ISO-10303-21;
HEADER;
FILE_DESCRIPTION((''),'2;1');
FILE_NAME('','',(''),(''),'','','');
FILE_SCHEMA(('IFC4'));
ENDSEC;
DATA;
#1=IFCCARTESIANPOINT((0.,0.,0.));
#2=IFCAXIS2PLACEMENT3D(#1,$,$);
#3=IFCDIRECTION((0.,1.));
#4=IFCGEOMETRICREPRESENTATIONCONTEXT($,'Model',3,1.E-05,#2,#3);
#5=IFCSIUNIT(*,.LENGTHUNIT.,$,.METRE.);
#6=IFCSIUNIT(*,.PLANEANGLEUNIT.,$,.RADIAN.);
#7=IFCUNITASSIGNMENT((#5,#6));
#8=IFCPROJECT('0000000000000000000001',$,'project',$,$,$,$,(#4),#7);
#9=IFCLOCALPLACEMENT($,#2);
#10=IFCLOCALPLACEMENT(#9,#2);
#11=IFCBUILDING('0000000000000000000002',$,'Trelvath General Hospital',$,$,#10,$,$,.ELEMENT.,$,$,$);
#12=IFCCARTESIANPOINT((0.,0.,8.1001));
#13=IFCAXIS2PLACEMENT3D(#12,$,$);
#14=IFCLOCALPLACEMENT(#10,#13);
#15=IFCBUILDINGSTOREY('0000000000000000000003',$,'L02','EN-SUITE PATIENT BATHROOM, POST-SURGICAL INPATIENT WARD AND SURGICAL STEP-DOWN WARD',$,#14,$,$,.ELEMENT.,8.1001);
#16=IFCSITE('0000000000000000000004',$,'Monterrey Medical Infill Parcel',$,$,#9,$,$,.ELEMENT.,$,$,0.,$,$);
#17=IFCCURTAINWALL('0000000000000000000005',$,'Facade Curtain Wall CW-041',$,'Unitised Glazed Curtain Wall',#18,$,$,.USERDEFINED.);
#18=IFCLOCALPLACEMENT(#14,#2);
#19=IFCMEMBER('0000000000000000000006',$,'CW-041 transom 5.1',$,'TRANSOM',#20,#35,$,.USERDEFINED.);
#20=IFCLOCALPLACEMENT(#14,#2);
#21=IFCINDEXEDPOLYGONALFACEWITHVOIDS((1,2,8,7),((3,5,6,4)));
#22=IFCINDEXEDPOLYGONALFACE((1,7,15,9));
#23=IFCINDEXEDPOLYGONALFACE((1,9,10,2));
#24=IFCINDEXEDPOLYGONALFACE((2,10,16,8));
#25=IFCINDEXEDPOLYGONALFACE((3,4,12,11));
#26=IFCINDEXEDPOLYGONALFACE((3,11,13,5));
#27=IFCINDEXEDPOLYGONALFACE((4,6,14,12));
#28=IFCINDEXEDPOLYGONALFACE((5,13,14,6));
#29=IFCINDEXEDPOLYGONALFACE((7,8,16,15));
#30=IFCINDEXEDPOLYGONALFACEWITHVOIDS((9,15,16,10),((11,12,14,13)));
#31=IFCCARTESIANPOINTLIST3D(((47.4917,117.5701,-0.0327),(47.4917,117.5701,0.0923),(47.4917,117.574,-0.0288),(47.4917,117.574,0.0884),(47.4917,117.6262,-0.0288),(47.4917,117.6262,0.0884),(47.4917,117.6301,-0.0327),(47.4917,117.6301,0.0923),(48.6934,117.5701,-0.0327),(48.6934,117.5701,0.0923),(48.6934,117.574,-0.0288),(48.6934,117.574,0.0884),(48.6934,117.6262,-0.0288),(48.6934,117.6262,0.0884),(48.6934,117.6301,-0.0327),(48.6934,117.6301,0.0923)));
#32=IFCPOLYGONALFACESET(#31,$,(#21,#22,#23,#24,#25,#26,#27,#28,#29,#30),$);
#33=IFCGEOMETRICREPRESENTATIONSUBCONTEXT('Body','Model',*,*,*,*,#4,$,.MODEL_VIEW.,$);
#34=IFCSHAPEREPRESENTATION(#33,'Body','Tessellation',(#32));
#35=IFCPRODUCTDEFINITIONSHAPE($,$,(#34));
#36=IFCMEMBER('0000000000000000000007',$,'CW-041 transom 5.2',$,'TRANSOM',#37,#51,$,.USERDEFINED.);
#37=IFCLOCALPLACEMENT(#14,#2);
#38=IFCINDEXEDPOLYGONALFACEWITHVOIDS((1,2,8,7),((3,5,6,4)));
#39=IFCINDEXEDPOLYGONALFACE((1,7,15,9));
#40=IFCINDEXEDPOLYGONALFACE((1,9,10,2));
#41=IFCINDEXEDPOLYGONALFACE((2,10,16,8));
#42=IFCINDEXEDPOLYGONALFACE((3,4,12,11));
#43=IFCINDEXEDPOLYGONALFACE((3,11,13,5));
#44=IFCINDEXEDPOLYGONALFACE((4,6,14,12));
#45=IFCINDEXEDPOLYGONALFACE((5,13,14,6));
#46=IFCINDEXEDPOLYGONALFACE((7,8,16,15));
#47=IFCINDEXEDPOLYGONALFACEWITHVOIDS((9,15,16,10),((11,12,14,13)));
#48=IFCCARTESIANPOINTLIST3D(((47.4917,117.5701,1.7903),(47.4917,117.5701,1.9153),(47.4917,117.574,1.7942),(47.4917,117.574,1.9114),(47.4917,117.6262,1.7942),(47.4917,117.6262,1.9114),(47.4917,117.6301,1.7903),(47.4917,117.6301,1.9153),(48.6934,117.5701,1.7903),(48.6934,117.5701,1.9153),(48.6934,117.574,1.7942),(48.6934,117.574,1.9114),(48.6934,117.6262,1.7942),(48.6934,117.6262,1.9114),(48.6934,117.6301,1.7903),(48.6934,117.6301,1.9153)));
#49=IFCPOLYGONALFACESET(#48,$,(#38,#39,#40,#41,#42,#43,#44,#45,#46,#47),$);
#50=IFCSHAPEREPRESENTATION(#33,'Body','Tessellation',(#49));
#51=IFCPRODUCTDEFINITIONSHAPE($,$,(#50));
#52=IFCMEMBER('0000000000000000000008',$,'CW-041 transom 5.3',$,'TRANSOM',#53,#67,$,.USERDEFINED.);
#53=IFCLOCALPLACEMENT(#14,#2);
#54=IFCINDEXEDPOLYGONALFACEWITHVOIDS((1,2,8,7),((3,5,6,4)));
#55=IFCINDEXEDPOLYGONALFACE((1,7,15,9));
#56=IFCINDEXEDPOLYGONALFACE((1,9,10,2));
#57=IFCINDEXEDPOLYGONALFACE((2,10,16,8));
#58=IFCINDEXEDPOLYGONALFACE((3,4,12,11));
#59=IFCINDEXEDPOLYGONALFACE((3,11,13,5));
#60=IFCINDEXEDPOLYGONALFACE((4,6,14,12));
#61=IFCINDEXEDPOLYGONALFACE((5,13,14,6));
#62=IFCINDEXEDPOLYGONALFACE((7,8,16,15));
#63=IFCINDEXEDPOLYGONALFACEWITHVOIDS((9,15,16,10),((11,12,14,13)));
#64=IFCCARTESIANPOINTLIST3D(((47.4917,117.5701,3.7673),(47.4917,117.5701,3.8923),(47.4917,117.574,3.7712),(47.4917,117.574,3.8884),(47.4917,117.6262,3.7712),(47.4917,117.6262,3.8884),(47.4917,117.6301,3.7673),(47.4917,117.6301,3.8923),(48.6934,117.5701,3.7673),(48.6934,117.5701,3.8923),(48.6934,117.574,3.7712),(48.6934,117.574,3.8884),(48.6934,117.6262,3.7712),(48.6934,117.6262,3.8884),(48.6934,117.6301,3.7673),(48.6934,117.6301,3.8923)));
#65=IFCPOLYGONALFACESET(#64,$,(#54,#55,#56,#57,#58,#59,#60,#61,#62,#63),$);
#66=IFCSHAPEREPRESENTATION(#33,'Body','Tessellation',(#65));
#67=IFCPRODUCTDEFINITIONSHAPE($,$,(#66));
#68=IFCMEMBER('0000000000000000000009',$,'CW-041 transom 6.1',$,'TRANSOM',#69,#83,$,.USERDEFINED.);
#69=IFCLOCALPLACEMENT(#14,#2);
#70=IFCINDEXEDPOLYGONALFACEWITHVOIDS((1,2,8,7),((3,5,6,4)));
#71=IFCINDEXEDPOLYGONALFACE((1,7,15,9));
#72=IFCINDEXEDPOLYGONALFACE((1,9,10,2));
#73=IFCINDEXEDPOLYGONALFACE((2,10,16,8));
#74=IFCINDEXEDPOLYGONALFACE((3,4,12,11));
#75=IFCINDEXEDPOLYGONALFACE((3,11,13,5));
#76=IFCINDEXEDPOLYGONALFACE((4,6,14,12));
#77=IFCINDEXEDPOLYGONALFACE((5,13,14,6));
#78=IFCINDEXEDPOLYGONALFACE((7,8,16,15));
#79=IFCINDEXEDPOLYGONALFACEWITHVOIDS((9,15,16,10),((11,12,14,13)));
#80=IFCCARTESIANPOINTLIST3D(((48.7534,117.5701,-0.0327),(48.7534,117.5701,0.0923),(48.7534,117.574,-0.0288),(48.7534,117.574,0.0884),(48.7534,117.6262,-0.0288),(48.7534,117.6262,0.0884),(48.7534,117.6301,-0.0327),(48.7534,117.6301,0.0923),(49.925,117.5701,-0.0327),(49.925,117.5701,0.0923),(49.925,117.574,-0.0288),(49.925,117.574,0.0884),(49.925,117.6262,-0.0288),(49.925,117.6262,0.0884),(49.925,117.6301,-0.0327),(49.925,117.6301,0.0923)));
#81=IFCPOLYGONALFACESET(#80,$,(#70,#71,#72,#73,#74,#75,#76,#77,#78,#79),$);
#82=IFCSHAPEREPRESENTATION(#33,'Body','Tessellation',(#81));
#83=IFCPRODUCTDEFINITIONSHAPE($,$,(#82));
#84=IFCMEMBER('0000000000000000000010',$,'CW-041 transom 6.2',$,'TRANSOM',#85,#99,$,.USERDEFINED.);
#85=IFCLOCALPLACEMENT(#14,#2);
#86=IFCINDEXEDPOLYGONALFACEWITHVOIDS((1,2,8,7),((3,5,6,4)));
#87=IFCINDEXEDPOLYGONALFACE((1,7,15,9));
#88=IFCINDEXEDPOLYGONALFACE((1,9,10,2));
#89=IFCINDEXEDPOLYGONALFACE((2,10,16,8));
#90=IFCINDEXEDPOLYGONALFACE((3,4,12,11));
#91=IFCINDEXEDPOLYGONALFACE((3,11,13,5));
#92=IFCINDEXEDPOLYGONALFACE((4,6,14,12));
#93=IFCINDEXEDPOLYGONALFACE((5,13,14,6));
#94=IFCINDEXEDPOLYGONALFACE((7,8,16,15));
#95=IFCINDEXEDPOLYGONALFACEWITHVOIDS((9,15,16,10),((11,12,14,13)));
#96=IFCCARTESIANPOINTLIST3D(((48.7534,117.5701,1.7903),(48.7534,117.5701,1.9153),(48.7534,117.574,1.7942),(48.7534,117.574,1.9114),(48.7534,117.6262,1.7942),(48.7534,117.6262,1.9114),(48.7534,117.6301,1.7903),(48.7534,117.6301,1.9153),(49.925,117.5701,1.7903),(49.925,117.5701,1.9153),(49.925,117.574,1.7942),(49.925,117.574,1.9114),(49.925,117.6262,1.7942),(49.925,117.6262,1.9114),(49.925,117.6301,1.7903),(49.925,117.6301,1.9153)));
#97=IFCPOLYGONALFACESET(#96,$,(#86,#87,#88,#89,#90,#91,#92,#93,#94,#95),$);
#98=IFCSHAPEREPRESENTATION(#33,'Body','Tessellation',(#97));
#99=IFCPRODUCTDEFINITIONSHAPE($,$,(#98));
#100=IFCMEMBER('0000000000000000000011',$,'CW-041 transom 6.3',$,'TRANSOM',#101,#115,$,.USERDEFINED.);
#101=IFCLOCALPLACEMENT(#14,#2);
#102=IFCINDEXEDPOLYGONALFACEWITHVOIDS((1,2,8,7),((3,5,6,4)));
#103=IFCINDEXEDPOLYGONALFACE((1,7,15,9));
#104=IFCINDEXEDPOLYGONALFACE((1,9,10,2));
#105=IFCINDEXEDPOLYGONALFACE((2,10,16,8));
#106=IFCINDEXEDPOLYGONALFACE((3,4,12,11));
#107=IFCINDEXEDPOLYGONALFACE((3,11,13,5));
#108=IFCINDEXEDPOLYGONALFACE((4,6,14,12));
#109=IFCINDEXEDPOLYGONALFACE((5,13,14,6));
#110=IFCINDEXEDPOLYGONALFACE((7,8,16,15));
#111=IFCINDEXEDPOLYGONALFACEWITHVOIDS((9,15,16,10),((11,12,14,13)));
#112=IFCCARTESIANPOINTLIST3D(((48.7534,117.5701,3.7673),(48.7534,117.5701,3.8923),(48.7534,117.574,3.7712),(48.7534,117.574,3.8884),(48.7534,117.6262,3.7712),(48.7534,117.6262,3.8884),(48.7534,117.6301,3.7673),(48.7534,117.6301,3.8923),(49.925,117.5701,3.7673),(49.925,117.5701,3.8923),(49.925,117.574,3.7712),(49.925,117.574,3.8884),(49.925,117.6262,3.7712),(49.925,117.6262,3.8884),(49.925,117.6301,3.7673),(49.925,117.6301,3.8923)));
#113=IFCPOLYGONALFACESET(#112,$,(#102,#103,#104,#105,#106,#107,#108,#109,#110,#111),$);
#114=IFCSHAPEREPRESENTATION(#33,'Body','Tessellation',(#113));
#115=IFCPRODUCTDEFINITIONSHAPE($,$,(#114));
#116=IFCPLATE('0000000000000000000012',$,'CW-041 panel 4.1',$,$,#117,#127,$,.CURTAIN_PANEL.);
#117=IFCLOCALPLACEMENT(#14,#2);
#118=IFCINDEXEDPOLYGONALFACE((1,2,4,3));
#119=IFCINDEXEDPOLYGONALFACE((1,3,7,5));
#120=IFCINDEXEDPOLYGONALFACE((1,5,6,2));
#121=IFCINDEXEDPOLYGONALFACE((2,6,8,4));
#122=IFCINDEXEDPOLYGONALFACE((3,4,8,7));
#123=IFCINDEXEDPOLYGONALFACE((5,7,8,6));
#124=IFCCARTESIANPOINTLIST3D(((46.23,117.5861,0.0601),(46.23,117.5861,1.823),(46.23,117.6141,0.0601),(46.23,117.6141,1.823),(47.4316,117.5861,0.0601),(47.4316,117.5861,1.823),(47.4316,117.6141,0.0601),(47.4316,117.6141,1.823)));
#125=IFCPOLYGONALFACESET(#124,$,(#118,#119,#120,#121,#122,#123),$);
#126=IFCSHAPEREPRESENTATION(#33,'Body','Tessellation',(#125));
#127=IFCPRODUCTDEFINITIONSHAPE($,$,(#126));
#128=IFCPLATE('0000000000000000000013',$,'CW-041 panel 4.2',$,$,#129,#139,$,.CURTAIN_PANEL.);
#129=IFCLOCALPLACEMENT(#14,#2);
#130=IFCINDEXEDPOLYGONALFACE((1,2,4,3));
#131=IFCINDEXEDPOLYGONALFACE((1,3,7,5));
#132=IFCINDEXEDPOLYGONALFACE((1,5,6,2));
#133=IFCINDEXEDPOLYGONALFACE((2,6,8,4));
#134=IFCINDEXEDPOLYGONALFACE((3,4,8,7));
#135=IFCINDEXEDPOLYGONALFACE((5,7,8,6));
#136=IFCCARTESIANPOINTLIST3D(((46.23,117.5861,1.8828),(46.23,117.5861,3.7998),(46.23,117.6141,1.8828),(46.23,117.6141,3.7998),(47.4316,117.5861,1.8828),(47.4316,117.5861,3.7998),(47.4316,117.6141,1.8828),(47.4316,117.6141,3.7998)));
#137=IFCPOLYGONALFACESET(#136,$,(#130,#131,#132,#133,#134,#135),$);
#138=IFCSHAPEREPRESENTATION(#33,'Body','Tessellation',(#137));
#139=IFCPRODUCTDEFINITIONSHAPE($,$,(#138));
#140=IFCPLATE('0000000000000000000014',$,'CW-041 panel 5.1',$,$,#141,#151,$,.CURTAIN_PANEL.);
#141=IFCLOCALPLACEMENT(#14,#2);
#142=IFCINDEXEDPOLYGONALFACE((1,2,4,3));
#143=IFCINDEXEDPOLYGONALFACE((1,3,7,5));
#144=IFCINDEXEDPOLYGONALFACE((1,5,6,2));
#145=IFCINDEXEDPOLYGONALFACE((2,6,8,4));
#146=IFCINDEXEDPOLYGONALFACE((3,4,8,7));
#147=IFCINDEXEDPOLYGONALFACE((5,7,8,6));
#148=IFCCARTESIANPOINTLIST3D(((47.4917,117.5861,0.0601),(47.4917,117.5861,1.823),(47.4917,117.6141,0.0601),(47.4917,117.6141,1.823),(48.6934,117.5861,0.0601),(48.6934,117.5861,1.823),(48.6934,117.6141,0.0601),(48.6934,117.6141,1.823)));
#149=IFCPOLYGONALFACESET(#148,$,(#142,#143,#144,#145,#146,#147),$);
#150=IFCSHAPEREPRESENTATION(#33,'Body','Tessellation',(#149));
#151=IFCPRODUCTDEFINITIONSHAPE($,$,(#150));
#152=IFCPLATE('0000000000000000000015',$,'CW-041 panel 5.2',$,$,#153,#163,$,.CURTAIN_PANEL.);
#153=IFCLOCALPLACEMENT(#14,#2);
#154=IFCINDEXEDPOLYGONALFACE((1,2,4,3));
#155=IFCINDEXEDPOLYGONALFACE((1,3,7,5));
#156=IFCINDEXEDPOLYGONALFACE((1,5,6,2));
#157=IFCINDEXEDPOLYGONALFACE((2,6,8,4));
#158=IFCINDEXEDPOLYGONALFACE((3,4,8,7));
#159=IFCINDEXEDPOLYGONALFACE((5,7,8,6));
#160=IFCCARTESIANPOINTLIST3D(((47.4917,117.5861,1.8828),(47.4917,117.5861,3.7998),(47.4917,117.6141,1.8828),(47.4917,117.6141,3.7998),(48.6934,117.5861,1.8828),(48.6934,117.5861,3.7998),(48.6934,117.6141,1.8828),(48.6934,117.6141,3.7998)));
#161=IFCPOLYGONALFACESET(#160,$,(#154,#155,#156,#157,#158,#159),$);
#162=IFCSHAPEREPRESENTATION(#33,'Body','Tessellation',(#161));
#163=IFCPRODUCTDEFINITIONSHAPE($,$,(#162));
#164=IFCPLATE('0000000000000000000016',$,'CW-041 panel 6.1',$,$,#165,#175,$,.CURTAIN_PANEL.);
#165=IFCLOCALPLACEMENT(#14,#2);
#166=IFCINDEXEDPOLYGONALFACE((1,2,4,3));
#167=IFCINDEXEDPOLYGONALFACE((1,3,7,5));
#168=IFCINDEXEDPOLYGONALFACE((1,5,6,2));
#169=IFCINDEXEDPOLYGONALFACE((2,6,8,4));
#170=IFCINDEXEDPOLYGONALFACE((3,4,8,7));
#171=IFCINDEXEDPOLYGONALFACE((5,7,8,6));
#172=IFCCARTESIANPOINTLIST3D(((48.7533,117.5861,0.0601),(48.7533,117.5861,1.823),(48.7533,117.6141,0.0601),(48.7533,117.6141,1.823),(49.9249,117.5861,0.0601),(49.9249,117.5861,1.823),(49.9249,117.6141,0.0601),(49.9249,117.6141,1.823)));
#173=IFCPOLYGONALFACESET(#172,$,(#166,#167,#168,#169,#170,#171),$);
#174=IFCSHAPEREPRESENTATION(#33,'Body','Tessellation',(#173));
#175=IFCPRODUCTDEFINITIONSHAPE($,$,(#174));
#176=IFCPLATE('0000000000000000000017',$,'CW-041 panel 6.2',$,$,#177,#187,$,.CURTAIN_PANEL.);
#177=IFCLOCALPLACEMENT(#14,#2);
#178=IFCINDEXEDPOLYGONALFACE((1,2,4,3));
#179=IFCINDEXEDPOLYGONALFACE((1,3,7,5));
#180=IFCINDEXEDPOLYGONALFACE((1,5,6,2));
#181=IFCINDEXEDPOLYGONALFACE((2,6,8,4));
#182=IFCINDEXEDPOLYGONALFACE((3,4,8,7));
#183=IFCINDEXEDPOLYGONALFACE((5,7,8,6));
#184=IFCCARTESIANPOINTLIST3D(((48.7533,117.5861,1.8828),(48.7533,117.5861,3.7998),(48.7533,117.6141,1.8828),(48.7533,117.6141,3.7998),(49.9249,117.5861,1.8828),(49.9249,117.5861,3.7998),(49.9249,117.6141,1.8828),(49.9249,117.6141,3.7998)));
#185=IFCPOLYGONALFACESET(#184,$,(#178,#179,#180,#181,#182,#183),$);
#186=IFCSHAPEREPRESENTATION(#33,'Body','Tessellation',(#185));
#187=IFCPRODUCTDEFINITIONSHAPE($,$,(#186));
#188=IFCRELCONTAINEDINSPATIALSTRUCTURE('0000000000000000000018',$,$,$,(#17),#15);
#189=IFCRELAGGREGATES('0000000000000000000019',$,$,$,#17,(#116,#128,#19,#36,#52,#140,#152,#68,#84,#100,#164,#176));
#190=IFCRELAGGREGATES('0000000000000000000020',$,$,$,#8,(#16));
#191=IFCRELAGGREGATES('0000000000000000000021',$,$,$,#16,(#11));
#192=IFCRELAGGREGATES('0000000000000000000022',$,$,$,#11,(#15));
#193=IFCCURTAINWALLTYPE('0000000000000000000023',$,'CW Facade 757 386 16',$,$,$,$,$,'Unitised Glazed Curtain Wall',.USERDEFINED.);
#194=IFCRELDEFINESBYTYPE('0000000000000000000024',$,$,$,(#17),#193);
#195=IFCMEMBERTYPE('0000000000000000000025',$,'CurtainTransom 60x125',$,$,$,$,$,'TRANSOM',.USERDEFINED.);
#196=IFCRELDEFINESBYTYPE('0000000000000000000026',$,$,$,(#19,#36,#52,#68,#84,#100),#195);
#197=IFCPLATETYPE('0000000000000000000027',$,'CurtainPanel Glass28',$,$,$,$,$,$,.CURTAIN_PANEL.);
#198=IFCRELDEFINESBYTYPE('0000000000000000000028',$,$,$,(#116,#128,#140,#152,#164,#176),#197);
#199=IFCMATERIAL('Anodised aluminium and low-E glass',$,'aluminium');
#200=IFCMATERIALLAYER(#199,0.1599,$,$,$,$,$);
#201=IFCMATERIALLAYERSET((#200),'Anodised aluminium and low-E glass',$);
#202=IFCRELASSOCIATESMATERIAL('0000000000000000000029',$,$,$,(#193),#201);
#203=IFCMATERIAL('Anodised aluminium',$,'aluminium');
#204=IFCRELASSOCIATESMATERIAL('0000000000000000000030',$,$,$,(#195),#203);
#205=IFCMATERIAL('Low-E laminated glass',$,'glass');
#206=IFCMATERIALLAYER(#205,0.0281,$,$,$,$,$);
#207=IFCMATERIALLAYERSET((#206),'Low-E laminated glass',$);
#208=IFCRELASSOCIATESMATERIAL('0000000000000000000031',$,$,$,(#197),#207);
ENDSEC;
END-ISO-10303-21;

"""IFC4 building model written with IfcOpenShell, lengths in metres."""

from ifc_helpers import new_model, si_unit, direction, frame, origin, origin_2d, place, context, subcontext, project, spatial, rectangle, hollow_rectangle, extrude, material, layer, layer_set, material_profile, profile_set, type_object, element, aggregate, save


model = new_model("IFC4")

# Units and contexts
model_context = context("Model", 3, precision=1e-05, world=origin(), true_north=direction((0.0, 1.0)))
body_context = subcontext(model_context, "Body", "Model", "MODEL_VIEW")
ifc_project = project(units=[si_unit("LENGTHUNIT", "METRE"), si_unit("PLANEANGLEUNIT", "RADIAN")], contexts=[model_context])

# Site, building, storey
site_placement = place(None, origin())
site = spatial("IfcSite", under=ifc_project, at=site_placement, Name="Monterrey Medical Infill Parcel", CompositionType="ELEMENT", RefElevation=0.0)
building_placement = place(site_placement, origin())
building = spatial("IfcBuilding", under=site, at=building_placement, Name="Trelvath General Hospital", CompositionType="ELEMENT")
storey_placement = place(building_placement, frame((0.0, 0.0, 8.1001)))
storey = spatial("IfcBuildingStorey", under=building, at=storey_placement, Name="L02", Description="EN-SUITE PATIENT BATHROOM, POST-SURGICAL INPATIENT WARD AND SURGICAL STEP-DOWN WARD", CompositionType="ELEMENT", Elevation=8.1001)

# Curtain wall, members, plates
ifc_material_1 = material(Name="Anodised aluminium and low-E glass", Category="aluminium")
ifc_layer_1 = layer(ifc_material_1, 0.1599)
ifc_layer_set_1 = layer_set([ifc_layer_1], Name="Anodised aluminium and low-E glass")
curtain_wall_type = type_object("IfcCurtainWallType", Name="CW Facade 757 386 16", ElementType="Unitised Glazed Curtain Wall", PredefinedType="USERDEFINED", material=ifc_layer_set_1)
curtain_wall_placement = place(storey_placement, origin())
curtain_wall = element("IfcCurtainWall", 1, at=curtain_wall_placement, inside=storey, type_object=curtain_wall_type, Name="Facade Curtain Wall CW-041", ObjectType="Unitised Glazed Curtain Wall", PredefinedType="USERDEFINED")
ifc_material_2 = material(Name="Anodised aluminium", Category="aluminium")
ifc_material_profile_1 = material_profile(ifc_material_2, hollow_rectangle(XDim=0.0601, YDim=0.125, WallThickness=0.0039, at=origin_2d()), Name="RHS60x125x4")
ifc_profile_set_1 = profile_set([ifc_material_profile_1], Name="Anodised aluminium")
member_type_1 = type_object("IfcMemberType", Name="CurtainTransom 60x125", ElementType="TRANSOM", PredefinedType="USERDEFINED", material=ifc_profile_set_1)
member_1_placement = place(storey_placement, frame((47.4917, 117.6001, 0.0298), z_axis=(1.0, 0.0, 0.0), x_axis=(0.0, 1.0, 0.0)))
member_1 = element("IfcMember", 2, at=member_1_placement, type_object=member_type_1, Name="CW-041 transom 5.1", ObjectType="TRANSOM", PredefinedType="USERDEFINED", context=body_context, shape_type="SweptSolid", body=[
    extrude(hollow_rectangle(XDim=0.0601, YDim=0.125, WallThickness=0.0039, at=origin_2d()), origin(), (0.0, 0.0, 1.0), 1.2017),
])
member_2_placement = place(storey_placement, frame((47.4917, 117.6001, 1.8528), z_axis=(1.0, 0.0, 0.0), x_axis=(0.0, 1.0, 0.0)))
member_2 = element("IfcMember", 3, at=member_2_placement, type_object=member_type_1, Name="CW-041 transom 5.2", ObjectType="TRANSOM", PredefinedType="USERDEFINED", context=body_context, shape_type="SweptSolid", body=[
    extrude(hollow_rectangle(XDim=0.0601, YDim=0.125, WallThickness=0.0039, at=origin_2d()), origin(), (0.0, 0.0, 1.0), 1.2017),
])
member_3_placement = place(storey_placement, frame((47.4917, 117.6001, 3.8298), z_axis=(1.0, 0.0, 0.0), x_axis=(0.0, 1.0, 0.0)))
member_3 = element("IfcMember", 4, at=member_3_placement, type_object=member_type_1, Name="CW-041 transom 5.3", ObjectType="TRANSOM", PredefinedType="USERDEFINED", context=body_context, shape_type="SweptSolid", body=[
    extrude(hollow_rectangle(XDim=0.0601, YDim=0.125, WallThickness=0.0039, at=origin_2d()), origin(), (0.0, 0.0, 1.0), 1.2017),
])
member_4_placement = place(storey_placement, frame((48.7534, 117.6001, 0.0298), z_axis=(1.0, 0.0, 0.0), x_axis=(0.0, 1.0, 0.0)))
member_4 = element("IfcMember", 5, at=member_4_placement, type_object=member_type_1, Name="CW-041 transom 6.1", ObjectType="TRANSOM", PredefinedType="USERDEFINED", context=body_context, shape_type="SweptSolid", body=[
    extrude(hollow_rectangle(XDim=0.0601, YDim=0.125, WallThickness=0.0039, at=origin_2d()), origin(), (0.0, 0.0, 1.0), 1.1716),
])
member_5_placement = place(storey_placement, frame((48.7534, 117.6001, 1.8528), z_axis=(1.0, 0.0, 0.0), x_axis=(0.0, 1.0, 0.0)))
member_5 = element("IfcMember", 6, at=member_5_placement, type_object=member_type_1, Name="CW-041 transom 6.2", ObjectType="TRANSOM", PredefinedType="USERDEFINED", context=body_context, shape_type="SweptSolid", body=[
    extrude(hollow_rectangle(XDim=0.0601, YDim=0.125, WallThickness=0.0039, at=origin_2d()), origin(), (0.0, 0.0, 1.0), 1.1716),
])
member_6_placement = place(storey_placement, frame((48.7534, 117.6001, 3.8298), z_axis=(1.0, 0.0, 0.0), x_axis=(0.0, 1.0, 0.0)))
member_6 = element("IfcMember", 7, at=member_6_placement, type_object=member_type_1, Name="CW-041 transom 6.3", ObjectType="TRANSOM", PredefinedType="USERDEFINED", context=body_context, shape_type="SweptSolid", body=[
    extrude(hollow_rectangle(XDim=0.0601, YDim=0.125, WallThickness=0.0039, at=origin_2d()), origin(), (0.0, 0.0, 1.0), 1.1716),
])
ifc_material_3 = material(Name="Low-E laminated glass", Category="glass")
ifc_layer_2 = layer(ifc_material_3, 0.0281)
ifc_layer_set_2 = layer_set([ifc_layer_2], Name="Low-E laminated glass")
plate_type = type_object("IfcPlateType", Name="CurtainPanel Glass28", PredefinedType="CURTAIN_PANEL", material=ifc_layer_set_2)
plate_1_placement = place(storey_placement, frame((46.8308, 117.6001, 0.0601), z_axis=(0.0, 0.0, 1.0), x_axis=(1.0, 0.0, 0.0)))
plate_1 = element("IfcPlate", 8, at=plate_1_placement, type_object=plate_type, Name="CW-041 panel 4.1", PredefinedType="CURTAIN_PANEL", context=body_context, shape_type="SweptSolid", body=[
    extrude(rectangle(XDim=1.2017, YDim=0.0281, at=origin_2d()), origin(), (0.0, 0.0, 1.0), 1.7629),
])
plate_2_placement = place(storey_placement, frame((46.8308, 117.6001, 1.8828), z_axis=(0.0, 0.0, 1.0), x_axis=(1.0, 0.0, 0.0)))
plate_2 = element("IfcPlate", 9, at=plate_2_placement, type_object=plate_type, Name="CW-041 panel 4.2", PredefinedType="CURTAIN_PANEL", context=body_context, shape_type="SweptSolid", body=[
    extrude(rectangle(XDim=1.2017, YDim=0.0281, at=origin_2d()), origin(), (0.0, 0.0, 1.0), 1.917),
])
plate_3_placement = place(storey_placement, frame((48.0925, 117.6001, 0.0601), z_axis=(0.0, 0.0, 1.0), x_axis=(1.0, 0.0, 0.0)))
plate_3 = element("IfcPlate", 10, at=plate_3_placement, type_object=plate_type, Name="CW-041 panel 5.1", PredefinedType="CURTAIN_PANEL", context=body_context, shape_type="SweptSolid", body=[
    extrude(rectangle(XDim=1.2017, YDim=0.0281, at=origin_2d()), origin(), (0.0, 0.0, 1.0), 1.7629),
])
plate_4_placement = place(storey_placement, frame((48.0925, 117.6001, 1.8828), z_axis=(0.0, 0.0, 1.0), x_axis=(1.0, 0.0, 0.0)))
plate_4 = element("IfcPlate", 11, at=plate_4_placement, type_object=plate_type, Name="CW-041 panel 5.2", PredefinedType="CURTAIN_PANEL", context=body_context, shape_type="SweptSolid", body=[
    extrude(rectangle(XDim=1.2017, YDim=0.0281, at=origin_2d()), origin(), (0.0, 0.0, 1.0), 1.917),
])
plate_5_placement = place(storey_placement, frame((49.3391, 117.6001, 0.0601), z_axis=(0.0, 0.0, 1.0), x_axis=(1.0, 0.0, 0.0)))
plate_5 = element("IfcPlate", 12, at=plate_5_placement, type_object=plate_type, Name="CW-041 panel 6.1", PredefinedType="CURTAIN_PANEL", context=body_context, shape_type="SweptSolid", body=[
    extrude(rectangle(XDim=1.1716, YDim=0.0281, at=origin_2d()), origin(), (0.0, 0.0, 1.0), 1.7629),
])
plate_6_placement = place(storey_placement, frame((49.3391, 117.6001, 1.8828), z_axis=(0.0, 0.0, 1.0), x_axis=(1.0, 0.0, 0.0)))
plate_6 = element("IfcPlate", 13, at=plate_6_placement, type_object=plate_type, Name="CW-041 panel 6.2", PredefinedType="CURTAIN_PANEL", context=body_context, shape_type="SweptSolid", body=[
    extrude(rectangle(XDim=1.1716, YDim=0.0281, at=origin_2d()), origin(), (0.0, 0.0, 1.0), 1.917),
])
aggregate(curtain_wall, [plate_1, plate_2, member_1, member_2, member_3, plate_3, plate_4, member_4, member_5, member_6, plate_5, plate_6])

save(model, "model.ifc")
